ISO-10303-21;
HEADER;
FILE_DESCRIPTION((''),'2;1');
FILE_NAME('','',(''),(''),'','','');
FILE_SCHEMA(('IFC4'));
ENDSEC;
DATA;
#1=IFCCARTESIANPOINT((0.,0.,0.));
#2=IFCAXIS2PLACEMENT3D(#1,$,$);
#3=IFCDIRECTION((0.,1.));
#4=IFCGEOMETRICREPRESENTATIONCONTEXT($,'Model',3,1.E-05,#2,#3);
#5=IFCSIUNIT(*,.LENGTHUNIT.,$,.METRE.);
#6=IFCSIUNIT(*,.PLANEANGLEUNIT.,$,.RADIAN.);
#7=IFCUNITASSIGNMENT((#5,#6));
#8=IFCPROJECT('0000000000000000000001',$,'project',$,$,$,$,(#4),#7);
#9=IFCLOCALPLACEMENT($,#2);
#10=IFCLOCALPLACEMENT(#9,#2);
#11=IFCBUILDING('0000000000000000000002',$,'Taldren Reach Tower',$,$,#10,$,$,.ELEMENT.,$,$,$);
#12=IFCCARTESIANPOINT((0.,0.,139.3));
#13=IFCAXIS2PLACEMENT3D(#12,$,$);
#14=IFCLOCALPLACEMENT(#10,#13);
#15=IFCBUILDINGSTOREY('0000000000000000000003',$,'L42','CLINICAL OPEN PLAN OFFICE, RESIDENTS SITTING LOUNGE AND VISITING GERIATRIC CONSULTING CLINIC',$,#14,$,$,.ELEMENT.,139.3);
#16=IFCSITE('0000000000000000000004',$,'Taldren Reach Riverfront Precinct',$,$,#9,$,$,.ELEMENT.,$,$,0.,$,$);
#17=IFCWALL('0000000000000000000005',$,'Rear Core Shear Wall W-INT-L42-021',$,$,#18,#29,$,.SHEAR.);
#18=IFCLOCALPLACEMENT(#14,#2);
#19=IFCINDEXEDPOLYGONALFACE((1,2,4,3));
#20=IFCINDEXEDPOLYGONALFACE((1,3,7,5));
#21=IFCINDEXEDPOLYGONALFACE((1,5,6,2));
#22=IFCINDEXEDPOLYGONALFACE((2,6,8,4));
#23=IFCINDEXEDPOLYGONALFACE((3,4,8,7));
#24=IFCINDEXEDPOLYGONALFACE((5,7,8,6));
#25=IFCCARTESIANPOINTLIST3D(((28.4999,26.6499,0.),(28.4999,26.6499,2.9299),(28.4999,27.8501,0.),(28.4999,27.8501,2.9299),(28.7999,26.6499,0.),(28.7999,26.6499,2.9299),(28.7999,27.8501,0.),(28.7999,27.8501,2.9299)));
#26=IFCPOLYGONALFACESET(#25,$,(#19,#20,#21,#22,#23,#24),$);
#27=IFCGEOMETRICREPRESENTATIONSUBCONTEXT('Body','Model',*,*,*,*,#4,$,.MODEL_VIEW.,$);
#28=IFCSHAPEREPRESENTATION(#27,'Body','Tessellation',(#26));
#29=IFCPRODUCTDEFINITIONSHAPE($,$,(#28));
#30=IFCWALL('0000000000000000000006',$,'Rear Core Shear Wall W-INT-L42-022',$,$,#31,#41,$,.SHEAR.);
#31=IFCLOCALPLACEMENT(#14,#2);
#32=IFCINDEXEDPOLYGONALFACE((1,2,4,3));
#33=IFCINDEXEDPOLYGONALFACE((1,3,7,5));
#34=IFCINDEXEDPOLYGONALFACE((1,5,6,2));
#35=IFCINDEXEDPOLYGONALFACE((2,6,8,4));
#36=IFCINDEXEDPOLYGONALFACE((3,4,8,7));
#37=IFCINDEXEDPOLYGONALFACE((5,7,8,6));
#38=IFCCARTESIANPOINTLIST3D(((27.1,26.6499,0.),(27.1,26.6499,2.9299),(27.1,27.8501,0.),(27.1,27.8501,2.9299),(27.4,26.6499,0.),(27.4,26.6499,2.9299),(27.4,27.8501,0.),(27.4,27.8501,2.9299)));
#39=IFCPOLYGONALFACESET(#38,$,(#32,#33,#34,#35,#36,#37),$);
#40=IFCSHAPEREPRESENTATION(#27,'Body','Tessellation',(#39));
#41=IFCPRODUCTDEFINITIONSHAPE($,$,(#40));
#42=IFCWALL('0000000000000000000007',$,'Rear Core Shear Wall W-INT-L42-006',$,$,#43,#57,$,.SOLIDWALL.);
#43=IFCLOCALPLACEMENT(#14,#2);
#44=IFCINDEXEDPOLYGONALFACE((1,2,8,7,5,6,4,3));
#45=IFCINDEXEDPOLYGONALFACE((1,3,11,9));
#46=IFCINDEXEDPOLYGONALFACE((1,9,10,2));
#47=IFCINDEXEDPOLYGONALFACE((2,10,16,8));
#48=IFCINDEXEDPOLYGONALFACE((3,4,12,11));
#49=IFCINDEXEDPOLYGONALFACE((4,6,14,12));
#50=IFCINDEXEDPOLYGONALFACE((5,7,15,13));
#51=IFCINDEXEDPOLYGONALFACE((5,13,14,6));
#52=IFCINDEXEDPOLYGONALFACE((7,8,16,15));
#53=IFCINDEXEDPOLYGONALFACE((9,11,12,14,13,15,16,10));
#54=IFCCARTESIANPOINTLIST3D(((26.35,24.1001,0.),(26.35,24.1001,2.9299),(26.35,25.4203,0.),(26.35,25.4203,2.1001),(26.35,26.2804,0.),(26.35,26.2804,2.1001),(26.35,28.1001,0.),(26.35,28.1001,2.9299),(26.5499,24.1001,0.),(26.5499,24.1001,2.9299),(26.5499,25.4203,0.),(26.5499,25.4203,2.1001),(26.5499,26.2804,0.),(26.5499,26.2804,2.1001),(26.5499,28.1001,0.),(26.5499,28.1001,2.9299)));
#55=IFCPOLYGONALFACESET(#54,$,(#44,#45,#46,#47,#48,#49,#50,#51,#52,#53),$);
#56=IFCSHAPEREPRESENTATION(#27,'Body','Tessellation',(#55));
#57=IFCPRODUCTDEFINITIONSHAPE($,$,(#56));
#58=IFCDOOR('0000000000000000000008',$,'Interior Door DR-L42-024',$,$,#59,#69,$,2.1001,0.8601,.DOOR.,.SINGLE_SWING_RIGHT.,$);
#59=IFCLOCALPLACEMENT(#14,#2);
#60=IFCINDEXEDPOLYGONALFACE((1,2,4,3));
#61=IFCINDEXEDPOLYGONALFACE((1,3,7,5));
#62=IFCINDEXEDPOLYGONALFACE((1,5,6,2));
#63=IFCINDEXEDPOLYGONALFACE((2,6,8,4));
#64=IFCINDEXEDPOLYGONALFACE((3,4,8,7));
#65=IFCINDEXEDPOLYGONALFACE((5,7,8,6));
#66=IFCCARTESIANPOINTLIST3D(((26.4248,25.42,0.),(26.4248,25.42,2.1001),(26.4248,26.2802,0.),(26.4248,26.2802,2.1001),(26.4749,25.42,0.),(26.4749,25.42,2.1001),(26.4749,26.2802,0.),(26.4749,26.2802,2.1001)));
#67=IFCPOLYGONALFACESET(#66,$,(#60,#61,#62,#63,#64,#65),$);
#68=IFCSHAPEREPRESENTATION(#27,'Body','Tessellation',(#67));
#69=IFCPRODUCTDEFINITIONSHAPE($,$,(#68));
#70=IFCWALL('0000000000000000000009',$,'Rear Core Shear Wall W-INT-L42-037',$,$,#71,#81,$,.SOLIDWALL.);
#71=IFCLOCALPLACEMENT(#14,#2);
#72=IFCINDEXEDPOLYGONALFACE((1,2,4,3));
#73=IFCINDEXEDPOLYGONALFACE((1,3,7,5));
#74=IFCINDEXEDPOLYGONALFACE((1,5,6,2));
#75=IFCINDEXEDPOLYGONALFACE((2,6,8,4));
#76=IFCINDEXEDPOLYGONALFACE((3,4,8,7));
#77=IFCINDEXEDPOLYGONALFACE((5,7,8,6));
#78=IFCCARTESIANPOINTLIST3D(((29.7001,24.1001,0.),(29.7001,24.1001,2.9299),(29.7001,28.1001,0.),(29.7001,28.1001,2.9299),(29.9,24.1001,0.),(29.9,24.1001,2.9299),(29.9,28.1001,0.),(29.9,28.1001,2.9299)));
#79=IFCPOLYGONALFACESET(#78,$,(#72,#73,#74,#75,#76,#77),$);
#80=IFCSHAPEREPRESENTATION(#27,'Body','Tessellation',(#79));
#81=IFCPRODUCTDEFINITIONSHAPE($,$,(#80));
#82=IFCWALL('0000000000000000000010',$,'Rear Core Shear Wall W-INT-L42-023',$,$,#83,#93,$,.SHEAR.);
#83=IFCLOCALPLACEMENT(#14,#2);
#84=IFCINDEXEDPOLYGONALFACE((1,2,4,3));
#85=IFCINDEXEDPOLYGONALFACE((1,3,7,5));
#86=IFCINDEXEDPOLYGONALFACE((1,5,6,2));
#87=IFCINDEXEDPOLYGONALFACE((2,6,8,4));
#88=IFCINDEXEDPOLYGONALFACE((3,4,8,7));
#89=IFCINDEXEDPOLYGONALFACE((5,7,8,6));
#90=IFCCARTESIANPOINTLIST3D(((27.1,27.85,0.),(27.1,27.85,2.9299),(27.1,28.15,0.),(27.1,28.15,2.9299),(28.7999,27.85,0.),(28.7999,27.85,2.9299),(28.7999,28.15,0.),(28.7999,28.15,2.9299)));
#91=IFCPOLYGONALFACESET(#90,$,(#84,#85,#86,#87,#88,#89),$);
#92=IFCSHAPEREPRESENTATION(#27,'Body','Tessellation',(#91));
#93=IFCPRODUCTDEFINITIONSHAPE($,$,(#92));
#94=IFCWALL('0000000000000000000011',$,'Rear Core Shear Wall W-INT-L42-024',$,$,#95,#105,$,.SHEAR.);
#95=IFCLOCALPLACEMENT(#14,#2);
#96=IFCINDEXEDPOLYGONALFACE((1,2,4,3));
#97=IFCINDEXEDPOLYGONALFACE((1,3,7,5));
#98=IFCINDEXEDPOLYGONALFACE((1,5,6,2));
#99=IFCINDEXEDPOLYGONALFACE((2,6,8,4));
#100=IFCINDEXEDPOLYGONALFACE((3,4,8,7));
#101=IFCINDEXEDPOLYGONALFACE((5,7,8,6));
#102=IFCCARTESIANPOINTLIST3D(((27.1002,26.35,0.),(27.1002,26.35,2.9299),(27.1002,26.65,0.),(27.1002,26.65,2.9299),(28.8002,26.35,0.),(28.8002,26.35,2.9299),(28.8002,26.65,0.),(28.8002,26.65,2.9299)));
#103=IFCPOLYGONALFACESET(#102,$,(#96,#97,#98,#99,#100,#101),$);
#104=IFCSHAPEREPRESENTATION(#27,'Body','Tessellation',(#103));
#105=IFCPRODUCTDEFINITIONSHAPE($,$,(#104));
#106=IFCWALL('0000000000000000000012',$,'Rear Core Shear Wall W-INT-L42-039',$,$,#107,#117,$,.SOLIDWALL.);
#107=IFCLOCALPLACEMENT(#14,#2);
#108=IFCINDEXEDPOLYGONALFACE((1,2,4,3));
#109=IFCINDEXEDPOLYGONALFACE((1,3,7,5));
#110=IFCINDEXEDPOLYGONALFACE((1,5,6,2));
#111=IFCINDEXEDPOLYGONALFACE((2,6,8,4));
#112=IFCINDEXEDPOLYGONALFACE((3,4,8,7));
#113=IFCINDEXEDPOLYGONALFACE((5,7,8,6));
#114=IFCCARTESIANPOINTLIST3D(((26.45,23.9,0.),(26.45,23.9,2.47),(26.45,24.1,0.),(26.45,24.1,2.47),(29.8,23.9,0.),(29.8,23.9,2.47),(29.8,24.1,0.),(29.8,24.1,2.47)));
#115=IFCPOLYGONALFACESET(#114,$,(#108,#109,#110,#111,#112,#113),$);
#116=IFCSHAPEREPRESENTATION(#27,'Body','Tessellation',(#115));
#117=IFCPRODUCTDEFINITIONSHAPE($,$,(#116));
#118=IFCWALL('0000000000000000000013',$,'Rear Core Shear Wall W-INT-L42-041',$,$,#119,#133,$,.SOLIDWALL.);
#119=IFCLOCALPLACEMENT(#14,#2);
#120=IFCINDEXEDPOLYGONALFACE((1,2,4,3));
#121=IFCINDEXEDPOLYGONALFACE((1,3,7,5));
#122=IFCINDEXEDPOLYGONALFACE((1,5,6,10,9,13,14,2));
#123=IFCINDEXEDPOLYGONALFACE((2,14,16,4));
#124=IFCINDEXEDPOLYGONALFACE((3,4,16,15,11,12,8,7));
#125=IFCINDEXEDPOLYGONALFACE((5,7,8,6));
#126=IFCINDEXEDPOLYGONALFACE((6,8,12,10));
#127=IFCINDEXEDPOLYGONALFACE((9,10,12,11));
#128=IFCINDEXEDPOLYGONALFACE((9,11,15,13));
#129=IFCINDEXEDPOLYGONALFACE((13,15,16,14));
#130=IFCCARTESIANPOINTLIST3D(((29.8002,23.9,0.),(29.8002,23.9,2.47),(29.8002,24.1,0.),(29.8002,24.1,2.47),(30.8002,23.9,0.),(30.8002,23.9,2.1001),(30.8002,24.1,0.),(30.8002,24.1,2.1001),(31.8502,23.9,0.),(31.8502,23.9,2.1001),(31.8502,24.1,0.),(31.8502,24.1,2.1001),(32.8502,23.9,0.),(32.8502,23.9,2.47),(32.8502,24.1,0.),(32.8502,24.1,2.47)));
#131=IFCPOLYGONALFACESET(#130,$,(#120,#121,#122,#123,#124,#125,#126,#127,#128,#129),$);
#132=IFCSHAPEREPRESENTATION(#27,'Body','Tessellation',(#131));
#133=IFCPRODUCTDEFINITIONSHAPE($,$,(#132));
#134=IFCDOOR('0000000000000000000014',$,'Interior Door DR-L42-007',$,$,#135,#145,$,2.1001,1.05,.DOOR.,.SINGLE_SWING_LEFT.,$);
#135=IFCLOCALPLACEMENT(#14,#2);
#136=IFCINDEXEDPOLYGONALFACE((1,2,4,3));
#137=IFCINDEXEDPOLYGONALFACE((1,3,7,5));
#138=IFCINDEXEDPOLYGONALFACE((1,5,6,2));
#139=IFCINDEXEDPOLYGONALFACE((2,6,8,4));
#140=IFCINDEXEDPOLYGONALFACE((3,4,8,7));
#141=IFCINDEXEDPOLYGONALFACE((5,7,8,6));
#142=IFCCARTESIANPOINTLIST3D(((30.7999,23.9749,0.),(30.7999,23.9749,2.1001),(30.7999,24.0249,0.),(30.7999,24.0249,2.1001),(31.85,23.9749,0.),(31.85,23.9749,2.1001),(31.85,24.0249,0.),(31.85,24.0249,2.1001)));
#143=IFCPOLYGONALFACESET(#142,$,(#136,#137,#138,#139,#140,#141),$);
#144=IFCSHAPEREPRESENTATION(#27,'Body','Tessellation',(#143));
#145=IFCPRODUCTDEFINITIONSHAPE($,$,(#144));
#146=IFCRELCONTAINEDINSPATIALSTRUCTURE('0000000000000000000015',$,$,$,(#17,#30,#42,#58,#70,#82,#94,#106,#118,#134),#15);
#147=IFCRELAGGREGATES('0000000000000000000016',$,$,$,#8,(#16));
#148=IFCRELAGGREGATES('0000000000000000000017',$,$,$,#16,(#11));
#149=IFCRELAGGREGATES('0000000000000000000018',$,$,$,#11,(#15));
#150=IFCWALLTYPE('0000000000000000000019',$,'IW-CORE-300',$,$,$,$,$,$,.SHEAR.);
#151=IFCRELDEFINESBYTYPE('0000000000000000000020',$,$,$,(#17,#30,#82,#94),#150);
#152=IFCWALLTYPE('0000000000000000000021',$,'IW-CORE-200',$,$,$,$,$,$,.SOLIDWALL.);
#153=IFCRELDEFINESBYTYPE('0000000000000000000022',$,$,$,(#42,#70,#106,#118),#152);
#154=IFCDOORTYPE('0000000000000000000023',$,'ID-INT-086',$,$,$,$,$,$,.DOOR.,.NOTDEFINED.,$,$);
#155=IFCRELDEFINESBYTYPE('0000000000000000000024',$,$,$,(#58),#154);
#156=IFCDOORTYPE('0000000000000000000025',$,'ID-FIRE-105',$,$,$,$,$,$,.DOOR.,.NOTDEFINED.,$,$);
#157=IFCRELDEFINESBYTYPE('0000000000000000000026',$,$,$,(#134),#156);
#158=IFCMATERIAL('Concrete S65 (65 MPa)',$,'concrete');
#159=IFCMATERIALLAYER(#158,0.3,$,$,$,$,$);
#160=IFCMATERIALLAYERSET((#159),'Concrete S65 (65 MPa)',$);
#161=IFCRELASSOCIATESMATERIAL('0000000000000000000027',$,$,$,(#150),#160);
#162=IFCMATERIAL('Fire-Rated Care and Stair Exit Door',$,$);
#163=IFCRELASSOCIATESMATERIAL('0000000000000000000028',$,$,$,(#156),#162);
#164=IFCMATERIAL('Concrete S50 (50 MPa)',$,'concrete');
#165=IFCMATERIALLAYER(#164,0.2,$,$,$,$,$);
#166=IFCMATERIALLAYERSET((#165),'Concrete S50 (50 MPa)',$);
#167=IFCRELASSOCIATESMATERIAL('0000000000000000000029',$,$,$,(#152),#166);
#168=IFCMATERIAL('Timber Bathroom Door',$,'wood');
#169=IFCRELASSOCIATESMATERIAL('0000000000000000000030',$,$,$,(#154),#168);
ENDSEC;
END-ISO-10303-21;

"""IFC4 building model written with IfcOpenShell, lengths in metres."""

from ifc_helpers import new_model, si_unit, direction, frame, frame_2d, origin, place, context, subcontext, project, spatial, rectangle, extrude, source, transform, mapped, material, layer, layer_set, type_object, element, fill, save


model = new_model("IFC4")

# Units and contexts
model_context = context("Model", 3, precision=1e-05, world=origin(), true_north=direction((0.0, 1.0)))
body_context = subcontext(model_context, "Body", "Model", "MODEL_VIEW")
ifc_project = project(units=[si_unit("LENGTHUNIT", "METRE"), si_unit("PLANEANGLEUNIT", "RADIAN")], contexts=[model_context])

# Site, building, storey
site_placement = place(None, origin())
site = spatial("IfcSite", under=ifc_project, at=site_placement, Name="Taldren Reach Riverfront Precinct", CompositionType="ELEMENT", RefElevation=0.0)
building_placement = place(site_placement, origin())
building = spatial("IfcBuilding", under=site, at=building_placement, Name="Taldren Reach Tower", CompositionType="ELEMENT")
storey_placement = place(building_placement, frame((0.0, 0.0, 139.3)))
storey = spatial("IfcBuildingStorey", under=building, at=storey_placement, Name="L42", Description="CLINICAL OPEN PLAN OFFICE, RESIDENTS SITTING LOUNGE AND VISITING GERIATRIC CONSULTING CLINIC", CompositionType="ELEMENT", Elevation=139.3)

# Shared definitions
ifc_material_1 = material(Name="Concrete S65 (65 MPa)", Category="concrete")
ifc_layer_1 = layer(ifc_material_1, 0.3)
ifc_layer_set_1 = layer_set([ifc_layer_1], Name="Concrete S65 (65 MPa)")
wall_type_1 = type_object("IfcWallType", Name="IW-CORE-300", PredefinedType="SHEAR", material=ifc_layer_set_1)
ifc_material_2 = material(Name="Fire-Rated Care and Stair Exit Door")
door_type_1 = type_object("IfcDoorType", Name="ID-FIRE-105", OperationType="NOTDEFINED", PredefinedType="DOOR", material=ifc_material_2)
shared_shape_1 = source(origin(), body_context, "Body", "SweptSolid", [
    extrude(rectangle(XDim=1.05, YDim=2.1001, at=frame_2d((0.5249, 1.05))), frame((0.0, 0.0249, 0.0), z_axis=(0.0, -1.0, 0.0), x_axis=(1.0, 0.0, 0.0)), (0.0, 0.0, 1.0), 0.05),
])

# Shared definitions
ifc_material_3 = material(Name="Concrete S50 (50 MPa)", Category="concrete")
ifc_layer_2 = layer(ifc_material_3, 0.2)
ifc_layer_set_2 = layer_set([ifc_layer_2], Name="Concrete S50 (50 MPa)")
wall_type_2 = type_object("IfcWallType", Name="IW-CORE-200", PredefinedType="SOLIDWALL", material=ifc_layer_set_2)

# Shared definitions
shared_shape_2 = source(origin(), body_context, "Body", "SweptSolid", [
    extrude(rectangle(XDim=1.05, YDim=2.1001, at=frame_2d((0.5249, 1.05))), frame((0.0, 0.1099, 0.0), z_axis=(0.0, -1.0, 0.0), x_axis=(1.0, 0.0, 0.0)), (0.0, 0.0, 1.0), 0.22),
])

# Walls
shared_shape_3 = source(origin(), body_context, "Body", "SweptSolid", [
    extrude(rectangle(XDim=1.2002, YDim=0.3, at=frame_2d((0.6001, 0.0))), origin(), (0.0, 0.0, 1.0), 2.9299),
])
for number, where, z_axis, x_axis, name in (
    (1, (28.6499, 26.6499, 0.0), (0.0, 0.0, 1.0), (0.0, 1.0, 0.0), "Rear Core Shear Wall W-INT-L42-021"),
    (2, (27.25, 27.8501, 0.0), (0.0, 0.0, 1.0), (0.0, -1.0, 0.0), "Rear Core Shear Wall W-INT-L42-022"),
):
    element("IfcWall", number, at=place(storey_placement, frame(where, z_axis=z_axis, x_axis=x_axis)), inside=storey, type_object=wall_type_1, Name=name, PredefinedType="SHEAR", context=body_context, shape_type="MappedRepresentation", body=[
        mapped(shared_shape_3, transform((0.0, 0.0, 0.0), scale=1.0)),
    ])

# Wall, opening, door
shared_shape_4 = source(origin(), body_context, "Body", "SweptSolid", [
    extrude(rectangle(XDim=4.0, YDim=0.2, at=frame_2d((2.0, 0.0))), origin(), (0.0, 0.0, 1.0), 2.9299),
])
wall_1_placement = place(storey_placement, frame((26.45, 24.1001, 0.0), z_axis=(0.0, 0.0, 1.0), x_axis=(0.0, 1.0, 0.0)))
wall_1 = element("IfcWall", 3, at=wall_1_placement, inside=storey, type_object=wall_type_2, Name="Rear Core Shear Wall W-INT-L42-006", PredefinedType="SOLIDWALL", context=body_context, shape_type="MappedRepresentation", body=[
    mapped(shared_shape_4, transform((0.0, 0.0, 0.0), scale=1.0)),
])
shared_shape_5 = source(origin(), body_context, "Body", "SweptSolid", [
    extrude(rectangle(XDim=0.8601, YDim=2.1001, at=frame_2d((0.4302, 1.05))), frame((0.0, 0.1099, 0.0), z_axis=(0.0, -1.0, 0.0), x_axis=(1.0, 0.0, 0.0)), (0.0, 0.0, 1.0), 0.22),
])
opening_1_placement = place(wall_1_placement, frame((1.3201, 0.0, 0.0)))
opening_1 = element("IfcOpeningElement", 4, at=opening_1_placement, cuts=wall_1, PredefinedType="OPENING", context=body_context, shape_type="MappedRepresentation", body=[
    mapped(shared_shape_5, transform((0.0, 0.0, 0.0), scale=1.0)),
])
ifc_material_4 = material(Name="Timber Bathroom Door", Category="wood")
door_type_2 = type_object("IfcDoorType", Name="ID-INT-086", OperationType="NOTDEFINED", PredefinedType="DOOR", material=ifc_material_4)
shared_shape_6 = source(origin(), body_context, "Body", "SweptSolid", [
    extrude(rectangle(XDim=0.8601, YDim=2.1001, at=frame_2d((0.4302, 1.05))), frame((0.0, 0.0249, 0.0), z_axis=(0.0, -1.0, 0.0), x_axis=(1.0, 0.0, 0.0)), (0.0, 0.0, 1.0), 0.05),
])
door_1_placement = place(opening_1_placement, frame((0.8601, 0.0, 0.0), z_axis=(0.0, 0.0, 1.0), x_axis=(-1.0, 0.0, 0.0)))
door_1 = element("IfcDoor", 5, at=door_1_placement, inside=storey, type_object=door_type_2, Name="Interior Door DR-L42-024", OperationType="SINGLE_SWING_RIGHT", OverallHeight=2.1001, OverallWidth=0.8601, PredefinedType="DOOR", context=body_context, shape_type="MappedRepresentation", body=[
    mapped(shared_shape_6, transform((0.0, 0.0, 0.0), scale=1.0)),
])
fill(opening_1, door_1)

# Walls
wall_2_placement = place(storey_placement, frame((29.8, 28.1001, 0.0), z_axis=(0.0, 0.0, 1.0), x_axis=(0.0, -1.0, 0.0)))
element("IfcWall", 6, at=wall_2_placement, inside=storey, type_object=wall_type_2, Name="Rear Core Shear Wall W-INT-L42-037", PredefinedType="SOLIDWALL", context=body_context, shape_type="MappedRepresentation", body=[
    mapped(shared_shape_4, transform((0.0, 0.0, 0.0), scale=1.0)),
])
shared_shape_7 = source(origin(), body_context, "Body", "SweptSolid", [
    extrude(rectangle(XDim=1.7, YDim=0.3, at=frame_2d((0.8501, 0.0))), origin(), (0.0, 0.0, 1.0), 2.9299),
])
for number, where, z_axis, x_axis, name in (
    (7, (28.8, 28.0, 0.0), (0.0, 0.0, 1.0), (-1.0, 0.0, 0.0), "Rear Core Shear Wall W-INT-L42-023"),
    (8, (27.1001, 26.5, 0.0), (0.0, 0.0, 1.0), (1.0, 0.0, 0.0), "Rear Core Shear Wall W-INT-L42-024"),
):
    element("IfcWall", number, at=place(storey_placement, frame(where, z_axis=z_axis, x_axis=x_axis)), inside=storey, type_object=wall_type_1, Name=name, PredefinedType="SHEAR", context=body_context, shape_type="MappedRepresentation", body=[
        mapped(shared_shape_7, transform((0.0, 0.0, 0.0), scale=1.0)),
    ])
shared_shape_8 = source(origin(), body_context, "Body", "SweptSolid", [
    extrude(rectangle(XDim=3.3501, YDim=0.2, at=frame_2d((1.675, 0.0))), origin(), (0.0, 0.0, 1.0), 2.47),
])
wall_3_placement = place(storey_placement, frame((29.8, 24.0, 0.0), z_axis=(0.0, 0.0, 1.0), x_axis=(-1.0, 0.0, 0.0)))
element("IfcWall", 9, at=wall_3_placement, inside=storey, type_object=wall_type_2, Name="Rear Core Shear Wall W-INT-L42-039", PredefinedType="SOLIDWALL", context=body_context, shape_type="MappedRepresentation", body=[
    mapped(shared_shape_8, transform((0.0, 0.0, 0.0), scale=1.0)),
])

# Wall, opening, door
shared_shape_9 = source(origin(), body_context, "Body", "SweptSolid", [
    extrude(rectangle(XDim=3.05, YDim=0.2, at=frame_2d((1.5249, 0.0))), origin(), (0.0, 0.0, 1.0), 2.47),
])
wall_4_placement = place(storey_placement, frame((32.8501, 24.0, 0.0), z_axis=(0.0, 0.0, 1.0), x_axis=(-1.0, 0.0, 0.0)))
wall_4 = element("IfcWall", 10, at=wall_4_placement, inside=storey, type_object=wall_type_2, Name="Rear Core Shear Wall W-INT-L42-041", PredefinedType="SOLIDWALL", context=body_context, shape_type="MappedRepresentation", body=[
    mapped(shared_shape_9, transform((0.0, 0.0, 0.0), scale=1.0)),
])
opening_2_placement = place(wall_4_placement, frame((1.0, 0.0, 0.0)))
opening_2 = element("IfcOpeningElement", 11, at=opening_2_placement, cuts=wall_4, PredefinedType="OPENING", context=body_context, shape_type="MappedRepresentation", body=[
    mapped(shared_shape_2, transform((0.0, 0.0, 0.0), scale=1.0)),
])
door_2_placement = place(opening_2_placement, frame((1.05, 0.0, 0.0), z_axis=(0.0, 0.0, 1.0), x_axis=(-1.0, 0.0, 0.0)))
door_2 = element("IfcDoor", 12, at=door_2_placement, inside=storey, type_object=door_type_1, Name="Interior Door DR-L42-007", OperationType="SINGLE_SWING_LEFT", OverallHeight=2.1001, OverallWidth=1.05, PredefinedType="DOOR", context=body_context, shape_type="MappedRepresentation", body=[
    mapped(shared_shape_1, transform((0.0, 0.0, 0.0), scale=1.0)),
])
fill(opening_2, door_2)

save(model, "model.ifc")
